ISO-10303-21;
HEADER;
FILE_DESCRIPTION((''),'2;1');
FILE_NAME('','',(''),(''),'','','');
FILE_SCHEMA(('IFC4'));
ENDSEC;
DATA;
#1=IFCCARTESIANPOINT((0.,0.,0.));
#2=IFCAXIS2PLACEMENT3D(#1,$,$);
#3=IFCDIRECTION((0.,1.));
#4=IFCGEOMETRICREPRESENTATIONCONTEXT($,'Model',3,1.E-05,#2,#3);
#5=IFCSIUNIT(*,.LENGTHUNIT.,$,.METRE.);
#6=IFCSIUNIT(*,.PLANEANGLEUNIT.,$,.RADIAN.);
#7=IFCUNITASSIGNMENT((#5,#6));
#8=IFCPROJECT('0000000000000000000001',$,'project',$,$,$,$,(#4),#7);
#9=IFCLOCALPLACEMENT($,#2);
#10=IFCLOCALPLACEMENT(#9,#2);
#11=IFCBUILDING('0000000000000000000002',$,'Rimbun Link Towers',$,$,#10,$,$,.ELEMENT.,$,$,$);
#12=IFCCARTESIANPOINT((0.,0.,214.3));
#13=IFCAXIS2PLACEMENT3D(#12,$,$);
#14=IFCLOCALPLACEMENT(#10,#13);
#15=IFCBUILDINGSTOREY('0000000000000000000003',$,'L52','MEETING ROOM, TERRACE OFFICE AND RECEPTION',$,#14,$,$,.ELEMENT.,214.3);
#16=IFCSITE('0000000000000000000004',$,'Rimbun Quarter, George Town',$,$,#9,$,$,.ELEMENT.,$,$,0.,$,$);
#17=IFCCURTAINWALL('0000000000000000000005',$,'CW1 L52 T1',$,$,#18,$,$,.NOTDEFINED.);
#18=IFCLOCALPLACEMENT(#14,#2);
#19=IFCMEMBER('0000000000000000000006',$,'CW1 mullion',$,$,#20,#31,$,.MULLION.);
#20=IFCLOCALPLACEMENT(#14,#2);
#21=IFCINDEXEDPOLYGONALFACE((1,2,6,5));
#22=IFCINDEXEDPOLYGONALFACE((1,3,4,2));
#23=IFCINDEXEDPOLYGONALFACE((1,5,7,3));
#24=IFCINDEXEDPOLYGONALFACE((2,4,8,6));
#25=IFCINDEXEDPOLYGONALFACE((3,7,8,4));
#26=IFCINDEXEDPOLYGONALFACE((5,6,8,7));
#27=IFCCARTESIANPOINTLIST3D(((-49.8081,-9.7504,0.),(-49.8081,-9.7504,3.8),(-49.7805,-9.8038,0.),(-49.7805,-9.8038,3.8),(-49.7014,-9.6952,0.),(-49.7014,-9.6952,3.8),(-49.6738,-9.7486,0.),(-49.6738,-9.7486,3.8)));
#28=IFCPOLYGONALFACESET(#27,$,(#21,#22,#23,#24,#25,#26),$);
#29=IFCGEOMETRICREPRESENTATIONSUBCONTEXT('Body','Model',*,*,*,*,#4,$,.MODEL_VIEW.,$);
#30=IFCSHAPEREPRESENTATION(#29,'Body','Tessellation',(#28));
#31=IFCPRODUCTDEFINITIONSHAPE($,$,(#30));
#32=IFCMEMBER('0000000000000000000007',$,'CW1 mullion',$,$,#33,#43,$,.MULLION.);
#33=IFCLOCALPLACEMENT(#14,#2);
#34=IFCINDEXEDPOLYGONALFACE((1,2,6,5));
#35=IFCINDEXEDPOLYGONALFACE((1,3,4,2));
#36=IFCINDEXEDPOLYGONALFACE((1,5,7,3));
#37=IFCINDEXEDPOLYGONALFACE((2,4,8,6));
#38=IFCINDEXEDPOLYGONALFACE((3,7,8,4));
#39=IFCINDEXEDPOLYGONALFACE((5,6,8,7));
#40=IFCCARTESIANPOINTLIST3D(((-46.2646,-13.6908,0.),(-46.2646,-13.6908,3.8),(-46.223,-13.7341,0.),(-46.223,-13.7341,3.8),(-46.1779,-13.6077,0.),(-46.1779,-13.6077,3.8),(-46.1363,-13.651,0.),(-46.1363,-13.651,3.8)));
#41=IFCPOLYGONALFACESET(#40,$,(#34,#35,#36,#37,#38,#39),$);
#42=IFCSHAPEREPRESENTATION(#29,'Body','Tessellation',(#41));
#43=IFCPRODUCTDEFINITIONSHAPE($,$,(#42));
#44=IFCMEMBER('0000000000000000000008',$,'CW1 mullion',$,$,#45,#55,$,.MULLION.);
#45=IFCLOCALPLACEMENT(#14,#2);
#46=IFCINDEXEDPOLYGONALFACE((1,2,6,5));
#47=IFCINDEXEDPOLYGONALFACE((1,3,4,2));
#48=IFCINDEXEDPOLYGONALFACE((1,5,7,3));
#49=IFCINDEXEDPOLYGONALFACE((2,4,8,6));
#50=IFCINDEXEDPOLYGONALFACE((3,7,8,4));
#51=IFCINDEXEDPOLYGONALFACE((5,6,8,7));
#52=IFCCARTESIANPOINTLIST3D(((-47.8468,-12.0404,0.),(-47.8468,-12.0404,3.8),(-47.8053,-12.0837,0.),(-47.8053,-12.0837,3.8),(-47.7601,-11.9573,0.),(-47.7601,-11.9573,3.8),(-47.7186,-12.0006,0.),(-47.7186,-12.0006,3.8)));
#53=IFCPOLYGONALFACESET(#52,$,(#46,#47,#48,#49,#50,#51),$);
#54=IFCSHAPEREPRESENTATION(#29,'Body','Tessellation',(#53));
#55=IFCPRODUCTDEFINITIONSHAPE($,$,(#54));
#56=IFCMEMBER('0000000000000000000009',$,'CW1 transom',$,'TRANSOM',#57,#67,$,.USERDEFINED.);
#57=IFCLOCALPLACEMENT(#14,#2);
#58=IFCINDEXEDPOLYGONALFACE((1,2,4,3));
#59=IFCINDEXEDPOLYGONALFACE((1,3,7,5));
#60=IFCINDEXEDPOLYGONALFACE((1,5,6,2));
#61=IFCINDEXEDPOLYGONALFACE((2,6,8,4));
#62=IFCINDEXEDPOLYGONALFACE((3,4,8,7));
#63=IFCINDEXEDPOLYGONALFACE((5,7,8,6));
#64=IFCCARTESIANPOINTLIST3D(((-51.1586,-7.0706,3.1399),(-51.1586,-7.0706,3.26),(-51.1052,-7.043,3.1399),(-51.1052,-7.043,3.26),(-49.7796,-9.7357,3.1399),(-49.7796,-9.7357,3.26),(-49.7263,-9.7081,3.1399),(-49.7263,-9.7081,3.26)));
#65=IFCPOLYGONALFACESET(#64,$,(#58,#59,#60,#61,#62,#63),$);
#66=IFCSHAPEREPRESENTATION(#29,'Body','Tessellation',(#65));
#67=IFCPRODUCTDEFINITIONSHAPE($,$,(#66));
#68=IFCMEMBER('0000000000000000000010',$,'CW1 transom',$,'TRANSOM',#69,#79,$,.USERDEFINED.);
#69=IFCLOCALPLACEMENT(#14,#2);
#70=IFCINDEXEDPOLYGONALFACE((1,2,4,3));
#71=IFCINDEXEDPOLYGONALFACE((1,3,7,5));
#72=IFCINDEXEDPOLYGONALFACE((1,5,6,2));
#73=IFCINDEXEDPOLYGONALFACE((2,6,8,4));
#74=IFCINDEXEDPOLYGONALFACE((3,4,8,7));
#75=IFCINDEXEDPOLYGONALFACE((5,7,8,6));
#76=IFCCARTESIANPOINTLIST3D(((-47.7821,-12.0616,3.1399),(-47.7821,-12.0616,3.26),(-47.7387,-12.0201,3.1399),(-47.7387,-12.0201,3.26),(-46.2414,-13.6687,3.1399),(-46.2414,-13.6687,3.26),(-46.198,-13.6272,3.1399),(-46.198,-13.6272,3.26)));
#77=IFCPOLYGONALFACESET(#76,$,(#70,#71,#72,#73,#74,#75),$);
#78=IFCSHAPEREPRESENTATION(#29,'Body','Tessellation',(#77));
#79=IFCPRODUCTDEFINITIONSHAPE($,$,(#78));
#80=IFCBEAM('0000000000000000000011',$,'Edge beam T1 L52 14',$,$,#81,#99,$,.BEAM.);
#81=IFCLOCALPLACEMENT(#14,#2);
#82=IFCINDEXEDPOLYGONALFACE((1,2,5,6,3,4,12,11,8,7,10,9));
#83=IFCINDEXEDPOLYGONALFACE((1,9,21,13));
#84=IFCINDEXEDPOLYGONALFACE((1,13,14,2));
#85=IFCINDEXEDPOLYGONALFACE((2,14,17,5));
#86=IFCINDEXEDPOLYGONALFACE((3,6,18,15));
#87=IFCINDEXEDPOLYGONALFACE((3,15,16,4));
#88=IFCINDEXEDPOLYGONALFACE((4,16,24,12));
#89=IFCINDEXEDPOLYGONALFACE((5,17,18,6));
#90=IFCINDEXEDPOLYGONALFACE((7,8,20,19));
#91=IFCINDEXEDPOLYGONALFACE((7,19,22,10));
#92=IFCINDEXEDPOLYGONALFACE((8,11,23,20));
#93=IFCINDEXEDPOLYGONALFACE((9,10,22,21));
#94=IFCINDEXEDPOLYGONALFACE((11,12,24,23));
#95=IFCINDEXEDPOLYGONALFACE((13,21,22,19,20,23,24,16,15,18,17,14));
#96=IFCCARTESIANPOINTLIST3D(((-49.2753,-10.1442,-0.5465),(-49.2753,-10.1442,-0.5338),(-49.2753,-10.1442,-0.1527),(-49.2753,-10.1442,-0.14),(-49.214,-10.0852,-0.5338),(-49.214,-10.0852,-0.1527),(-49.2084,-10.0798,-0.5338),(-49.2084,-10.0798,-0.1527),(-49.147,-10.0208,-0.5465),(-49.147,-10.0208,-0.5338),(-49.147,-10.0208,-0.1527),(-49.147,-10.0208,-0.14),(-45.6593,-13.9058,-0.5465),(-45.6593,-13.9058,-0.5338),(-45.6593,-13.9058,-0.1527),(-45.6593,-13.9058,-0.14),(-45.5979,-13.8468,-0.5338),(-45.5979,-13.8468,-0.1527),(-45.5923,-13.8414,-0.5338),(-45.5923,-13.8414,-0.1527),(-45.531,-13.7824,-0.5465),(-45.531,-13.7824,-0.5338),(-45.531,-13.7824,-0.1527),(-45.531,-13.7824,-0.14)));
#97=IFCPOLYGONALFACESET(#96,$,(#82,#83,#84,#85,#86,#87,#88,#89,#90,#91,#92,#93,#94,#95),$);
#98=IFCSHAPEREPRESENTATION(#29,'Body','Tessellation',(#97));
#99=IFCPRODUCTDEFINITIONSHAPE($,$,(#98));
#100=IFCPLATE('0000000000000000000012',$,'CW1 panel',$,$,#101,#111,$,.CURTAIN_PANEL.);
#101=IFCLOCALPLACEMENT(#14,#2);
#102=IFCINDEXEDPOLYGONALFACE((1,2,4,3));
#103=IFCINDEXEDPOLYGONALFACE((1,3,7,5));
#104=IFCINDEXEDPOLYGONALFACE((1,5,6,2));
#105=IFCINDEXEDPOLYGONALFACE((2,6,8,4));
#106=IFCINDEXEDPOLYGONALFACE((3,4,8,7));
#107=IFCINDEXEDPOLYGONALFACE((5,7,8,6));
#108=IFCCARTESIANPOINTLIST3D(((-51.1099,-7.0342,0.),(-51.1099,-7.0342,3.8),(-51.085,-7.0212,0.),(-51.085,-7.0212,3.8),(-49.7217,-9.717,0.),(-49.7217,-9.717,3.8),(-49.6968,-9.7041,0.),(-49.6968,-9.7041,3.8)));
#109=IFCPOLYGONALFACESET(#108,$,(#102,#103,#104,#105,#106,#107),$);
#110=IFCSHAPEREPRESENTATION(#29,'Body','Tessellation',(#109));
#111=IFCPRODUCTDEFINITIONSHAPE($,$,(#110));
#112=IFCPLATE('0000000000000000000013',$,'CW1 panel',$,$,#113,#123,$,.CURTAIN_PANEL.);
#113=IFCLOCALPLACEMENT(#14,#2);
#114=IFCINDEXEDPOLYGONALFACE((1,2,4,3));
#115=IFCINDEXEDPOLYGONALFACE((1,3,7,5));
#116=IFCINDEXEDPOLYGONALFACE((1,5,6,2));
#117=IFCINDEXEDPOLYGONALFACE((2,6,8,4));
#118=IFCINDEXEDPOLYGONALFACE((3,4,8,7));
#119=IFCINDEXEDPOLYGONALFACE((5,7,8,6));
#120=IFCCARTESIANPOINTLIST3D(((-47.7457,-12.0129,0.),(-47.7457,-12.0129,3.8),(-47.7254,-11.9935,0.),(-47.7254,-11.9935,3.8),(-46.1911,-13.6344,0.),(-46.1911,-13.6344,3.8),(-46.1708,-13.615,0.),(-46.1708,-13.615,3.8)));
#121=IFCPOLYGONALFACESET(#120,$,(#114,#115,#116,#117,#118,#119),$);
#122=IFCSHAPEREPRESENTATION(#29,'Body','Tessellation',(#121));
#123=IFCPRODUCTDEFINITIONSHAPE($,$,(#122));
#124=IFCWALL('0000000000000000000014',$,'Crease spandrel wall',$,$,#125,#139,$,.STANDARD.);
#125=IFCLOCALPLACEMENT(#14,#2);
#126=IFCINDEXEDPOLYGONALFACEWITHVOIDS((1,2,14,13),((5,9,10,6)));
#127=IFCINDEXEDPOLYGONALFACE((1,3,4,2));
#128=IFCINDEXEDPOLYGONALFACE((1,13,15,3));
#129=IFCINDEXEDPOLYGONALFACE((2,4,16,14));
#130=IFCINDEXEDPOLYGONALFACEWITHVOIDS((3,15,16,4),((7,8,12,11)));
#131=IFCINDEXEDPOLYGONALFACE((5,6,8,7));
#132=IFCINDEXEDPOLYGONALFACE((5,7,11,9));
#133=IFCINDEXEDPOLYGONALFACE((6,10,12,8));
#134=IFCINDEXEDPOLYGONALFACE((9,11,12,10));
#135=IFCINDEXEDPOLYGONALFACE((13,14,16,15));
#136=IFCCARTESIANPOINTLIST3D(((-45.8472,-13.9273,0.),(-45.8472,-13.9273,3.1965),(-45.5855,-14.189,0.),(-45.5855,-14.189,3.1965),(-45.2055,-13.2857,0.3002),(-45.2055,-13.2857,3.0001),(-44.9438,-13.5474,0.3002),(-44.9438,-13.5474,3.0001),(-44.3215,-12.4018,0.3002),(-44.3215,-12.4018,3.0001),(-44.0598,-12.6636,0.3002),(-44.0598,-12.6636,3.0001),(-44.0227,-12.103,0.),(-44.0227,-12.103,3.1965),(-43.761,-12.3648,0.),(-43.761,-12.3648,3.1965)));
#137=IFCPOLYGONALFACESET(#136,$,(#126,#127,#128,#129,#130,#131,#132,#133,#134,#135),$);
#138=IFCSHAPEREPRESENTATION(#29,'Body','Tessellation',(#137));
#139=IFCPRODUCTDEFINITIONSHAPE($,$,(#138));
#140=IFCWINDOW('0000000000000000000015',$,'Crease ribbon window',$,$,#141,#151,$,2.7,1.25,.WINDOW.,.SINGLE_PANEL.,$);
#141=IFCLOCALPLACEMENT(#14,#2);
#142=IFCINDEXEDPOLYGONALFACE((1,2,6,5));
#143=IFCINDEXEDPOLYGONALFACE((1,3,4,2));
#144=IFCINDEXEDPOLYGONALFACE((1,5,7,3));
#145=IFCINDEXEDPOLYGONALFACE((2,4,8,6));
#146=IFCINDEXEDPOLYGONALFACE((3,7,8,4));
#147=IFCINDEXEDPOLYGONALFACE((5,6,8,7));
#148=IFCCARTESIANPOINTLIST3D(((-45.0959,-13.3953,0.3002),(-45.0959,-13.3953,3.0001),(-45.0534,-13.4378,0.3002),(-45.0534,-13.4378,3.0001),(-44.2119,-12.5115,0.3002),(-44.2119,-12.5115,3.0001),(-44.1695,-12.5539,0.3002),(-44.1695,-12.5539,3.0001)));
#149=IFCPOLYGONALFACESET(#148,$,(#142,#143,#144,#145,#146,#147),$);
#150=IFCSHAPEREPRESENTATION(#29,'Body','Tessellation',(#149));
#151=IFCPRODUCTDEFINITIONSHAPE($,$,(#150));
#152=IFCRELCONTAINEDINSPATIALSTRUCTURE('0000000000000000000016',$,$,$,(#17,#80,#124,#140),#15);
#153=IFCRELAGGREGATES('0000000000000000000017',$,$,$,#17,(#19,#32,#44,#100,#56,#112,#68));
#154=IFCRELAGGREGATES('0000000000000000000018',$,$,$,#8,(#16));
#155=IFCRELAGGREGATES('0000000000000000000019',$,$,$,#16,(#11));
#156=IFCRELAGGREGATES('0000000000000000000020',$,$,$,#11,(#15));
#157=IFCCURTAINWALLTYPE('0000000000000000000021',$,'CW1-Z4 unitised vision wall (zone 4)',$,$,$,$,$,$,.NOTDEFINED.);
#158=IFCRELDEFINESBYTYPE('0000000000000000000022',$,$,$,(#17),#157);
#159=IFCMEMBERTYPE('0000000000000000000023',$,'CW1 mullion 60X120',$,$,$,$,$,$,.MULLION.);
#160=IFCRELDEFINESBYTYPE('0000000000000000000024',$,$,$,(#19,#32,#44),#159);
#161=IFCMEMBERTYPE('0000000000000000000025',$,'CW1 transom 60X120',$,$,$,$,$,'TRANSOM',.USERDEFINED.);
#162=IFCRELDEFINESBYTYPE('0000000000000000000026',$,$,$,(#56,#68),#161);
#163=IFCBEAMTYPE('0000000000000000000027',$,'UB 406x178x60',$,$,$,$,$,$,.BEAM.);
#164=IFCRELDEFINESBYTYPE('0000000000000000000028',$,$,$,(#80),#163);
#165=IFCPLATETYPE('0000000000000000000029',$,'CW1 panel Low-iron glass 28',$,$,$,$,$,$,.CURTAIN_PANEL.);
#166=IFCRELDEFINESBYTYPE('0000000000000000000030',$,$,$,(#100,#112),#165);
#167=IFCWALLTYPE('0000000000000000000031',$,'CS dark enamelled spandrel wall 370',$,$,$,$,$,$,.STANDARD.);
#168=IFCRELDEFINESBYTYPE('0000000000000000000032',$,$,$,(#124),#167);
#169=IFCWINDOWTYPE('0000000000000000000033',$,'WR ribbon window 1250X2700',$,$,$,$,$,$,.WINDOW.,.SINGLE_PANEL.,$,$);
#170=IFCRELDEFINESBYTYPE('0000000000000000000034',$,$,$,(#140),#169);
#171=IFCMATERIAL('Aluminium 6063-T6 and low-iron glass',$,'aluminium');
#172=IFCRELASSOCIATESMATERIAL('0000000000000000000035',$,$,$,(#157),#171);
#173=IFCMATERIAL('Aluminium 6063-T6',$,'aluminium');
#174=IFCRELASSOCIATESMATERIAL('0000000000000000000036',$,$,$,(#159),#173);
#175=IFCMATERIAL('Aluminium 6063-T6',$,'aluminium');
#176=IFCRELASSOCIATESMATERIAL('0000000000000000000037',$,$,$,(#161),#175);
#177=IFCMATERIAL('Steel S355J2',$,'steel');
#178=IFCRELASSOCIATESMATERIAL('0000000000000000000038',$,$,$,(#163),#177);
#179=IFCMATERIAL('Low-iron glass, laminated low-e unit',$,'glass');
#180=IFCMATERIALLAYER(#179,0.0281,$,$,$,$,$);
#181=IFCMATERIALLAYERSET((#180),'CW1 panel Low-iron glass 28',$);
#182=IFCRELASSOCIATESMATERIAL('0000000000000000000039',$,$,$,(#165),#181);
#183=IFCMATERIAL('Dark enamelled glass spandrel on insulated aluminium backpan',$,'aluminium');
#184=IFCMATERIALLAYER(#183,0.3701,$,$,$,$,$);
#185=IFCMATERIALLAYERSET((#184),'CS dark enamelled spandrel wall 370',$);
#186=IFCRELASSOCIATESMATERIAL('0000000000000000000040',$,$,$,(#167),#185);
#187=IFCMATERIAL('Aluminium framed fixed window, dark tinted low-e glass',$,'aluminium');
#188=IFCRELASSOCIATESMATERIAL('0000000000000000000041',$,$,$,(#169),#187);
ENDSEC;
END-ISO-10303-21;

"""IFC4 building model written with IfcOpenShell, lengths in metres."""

from ifc_helpers import new_model, si_unit, direction, frame, frame_2d, origin, origin_2d, place, context, subcontext, project, spatial, rectangle, i_section, extrude, material, layer, layer_set, material_profile, profile_set, type_object, element, fill, aggregate, save


model = new_model("IFC4")

# Units and contexts
model_context = context("Model", 3, precision=1e-05, world=origin(), true_north=direction((0.0, 1.0)))
body_context = subcontext(model_context, "Body", "Model", "MODEL_VIEW")
ifc_project = project(units=[si_unit("LENGTHUNIT", "METRE"), si_unit("PLANEANGLEUNIT", "RADIAN")], contexts=[model_context])

# Site, building, storey
site_placement = place(None, origin())
site = spatial("IfcSite", under=ifc_project, at=site_placement, Name="Rimbun Quarter, George Town", CompositionType="ELEMENT", RefElevation=0.0)
building_placement = place(site_placement, origin())
building = spatial("IfcBuilding", under=site, at=building_placement, Name="Rimbun Link Towers", CompositionType="ELEMENT")
storey_placement = place(building_placement, frame((0.0, 0.0, 214.3)))
storey = spatial("IfcBuildingStorey", under=building, at=storey_placement, Name="L52", Description="MEETING ROOM, TERRACE OFFICE AND RECEPTION", CompositionType="ELEMENT", Elevation=214.3)

# Curtain wall, members
ifc_material_1 = material(Name="Aluminium 6063-T6 and low-iron glass", Category="aluminium")
curtain_wall_type = type_object("IfcCurtainWallType", Name="CW1-Z4 unitised vision wall (zone 4)", PredefinedType="NOTDEFINED", material=ifc_material_1)
curtain_wall_placement = place(storey_placement, origin())
curtain_wall = element("IfcCurtainWall", 1, at=curtain_wall_placement, inside=storey, type_object=curtain_wall_type, Name="CW1 L52 T1", PredefinedType="NOTDEFINED")
ifc_material_2 = material(Name="Aluminium 6063-T6", Category="aluminium")
ifc_material_profile_1 = material_profile(ifc_material_2, rectangle(XDim=0.1201, YDim=0.0601, at=origin_2d()), Name="MULLION 60X120")
ifc_profile_set_1 = profile_set([ifc_material_profile_1], Name="Aluminium 6063-T6")
member_type_1 = type_object("IfcMemberType", Name="CW1 mullion 60X120", PredefinedType="MULLION", material=ifc_profile_set_1)
member_1_placement = place(storey_placement, frame((-49.741, -9.7495, 0.0), z_axis=(0.0, 0.0, 1.0), x_axis=(-0.88815, -0.459554, 0.0)))
member_1 = element("IfcMember", 2, at=member_1_placement, type_object=member_type_1, Name="CW1 mullion", PredefinedType="MULLION", context=body_context, shape_type="SweptSolid", body=[
    extrude(rectangle(XDim=0.1201, YDim=0.0601, at=origin_2d()), origin(), (0.0, 0.0, 1.0), 3.8),
])
member_2_placement = place(storey_placement, frame((-46.2004, -13.6709, 0.0), z_axis=(0.0, 0.0, 1.0), x_axis=(-0.721846, -0.692053, 0.0)))
member_2 = element("IfcMember", 3, at=member_2_placement, type_object=member_type_1, Name="CW1 mullion", PredefinedType="MULLION", context=body_context, shape_type="SweptSolid", body=[
    extrude(rectangle(XDim=0.1201, YDim=0.0601, at=origin_2d()), origin(), (0.0, 0.0, 1.0), 3.8),
])
member_3_placement = place(storey_placement, frame((-47.7827, -12.0205, 0.0), z_axis=(0.0, 0.0, 1.0), x_axis=(-0.721846, -0.692053, 0.0)))
member_3 = element("IfcMember", 4, at=member_3_placement, type_object=member_type_1, Name="CW1 mullion", PredefinedType="MULLION", context=body_context, shape_type="SweptSolid", body=[
    extrude(rectangle(XDim=0.1201, YDim=0.0601, at=origin_2d()), origin(), (0.0, 0.0, 1.0), 3.8),
])
ifc_material_3 = material(Name="Aluminium 6063-T6", Category="aluminium")
ifc_material_profile_2 = material_profile(ifc_material_3, rectangle(XDim=0.0601, YDim=0.1201, at=origin_2d()), Name="TRANSOM 60X120")
ifc_profile_set_2 = profile_set([ifc_material_profile_2], Name="Aluminium 6063-T6")
member_type_2 = type_object("IfcMemberType", Name="CW1 transom 60X120", ElementType="TRANSOM", PredefinedType="USERDEFINED", material=ifc_profile_set_2)
member_4_placement = place(storey_placement, frame((-49.7529, -9.7219, 3.2), z_axis=(-0.459538, 0.888158, 0.0), x_axis=(-0.888158, -0.459538, 0.0)))
member_4 = element("IfcMember", 5, at=member_4_placement, type_object=member_type_2, Name="CW1 transom", ObjectType="TRANSOM", PredefinedType="USERDEFINED", context=body_context, shape_type="SweptSolid", body=[
    extrude(rectangle(XDim=0.0601, YDim=0.1201, at=origin_2d()), origin(), (0.0, 0.0, 1.0), 3.0007),
])
member_5_placement = place(storey_placement, frame((-46.2197, -13.6479, 3.2), z_axis=(-0.692036, 0.721863, 0.0), x_axis=(-0.721863, -0.692036, 0.0)))
member_5 = element("IfcMember", 6, at=member_5_placement, type_object=member_type_2, Name="CW1 transom", ObjectType="TRANSOM", PredefinedType="USERDEFINED", context=body_context, shape_type="SweptSolid", body=[
    extrude(rectangle(XDim=0.0601, YDim=0.1201, at=origin_2d()), origin(), (0.0, 0.0, 1.0), 2.2263),
])

# Beam
ifc_material_4 = material(Name="Steel S355J2", Category="steel")
ifc_material_profile_3 = material_profile(ifc_material_4, i_section(OverallWidth=0.178, OverallDepth=0.4065, WebThickness=0.0078, FlangeThickness=0.0127, at=origin_2d()), Name="UB 406x178x60")
ifc_profile_set_3 = profile_set([ifc_material_profile_3], Name="Steel S355J2")
beam_type = type_object("IfcBeamType", Name="UB 406x178x60", PredefinedType="BEAM", material=ifc_profile_set_3)
beam_placement = place(storey_placement, frame((-49.2112, -10.0825, -0.3433), z_axis=(0.693025, -0.720913, 0.0), x_axis=(0.720913, 0.693025, 0.0)))
element("IfcBeam", 7, at=beam_placement, inside=storey, type_object=beam_type, Name="Edge beam T1 L52 14", PredefinedType="BEAM", context=body_context, shape_type="SweptSolid", body=[
    extrude(i_section(OverallWidth=0.178, OverallDepth=0.4065, WebThickness=0.0078, FlangeThickness=0.0127, at=origin_2d()), origin(), (0.0, 0.0, 1.0), 5.2178),
])

# Plates
ifc_material_5 = material(Name="Low-iron glass, laminated low-e unit", Category="glass")
ifc_layer_1 = layer(ifc_material_5, 0.0281)
ifc_layer_set_1 = layer_set([ifc_layer_1], Name="CW1 panel Low-iron glass 28")
plate_type = type_object("IfcPlateType", Name="CW1 panel Low-iron glass 28", PredefinedType="CURTAIN_PANEL", material=ifc_layer_set_1)
plate_1_placement = place(storey_placement, frame((-50.4033, -8.3691, 0.0), z_axis=(0.0, 0.0, 1.0), x_axis=(-0.459554, 0.88815, 0.0)))
plate_1 = element("IfcPlate", 8, at=plate_1_placement, type_object=plate_type, Name="CW1 panel", PredefinedType="CURTAIN_PANEL", context=body_context, shape_type="SweptSolid", body=[
    extrude(rectangle(XDim=3.0208, YDim=0.0281, at=origin_2d()), origin(), (0.0, 0.0, 1.0), 3.8),
])
plate_2_placement = place(storey_placement, frame((-46.9583, -12.814, 0.0), z_axis=(0.0, 0.0, 1.0), x_axis=(-0.692053, 0.721846, 0.0)))
plate_2 = element("IfcPlate", 9, at=plate_2_placement, type_object=plate_type, Name="CW1 panel", PredefinedType="CURTAIN_PANEL", context=body_context, shape_type="SweptSolid", body=[
    extrude(rectangle(XDim=2.2463, YDim=0.0281, at=origin_2d()), origin(), (0.0, 0.0, 1.0), 3.8),
])
aggregate(curtain_wall, [member_1, member_2, member_3, plate_1, member_4, plate_2, member_5])

# Wall, opening, window
ifc_material_6 = material(Name="Dark enamelled glass spandrel on insulated aluminium backpan", Category="aluminium")
ifc_layer_2 = layer(ifc_material_6, 0.3701)
ifc_layer_set_2 = layer_set([ifc_layer_2], Name="CS dark enamelled spandrel wall 370")
wall_type_1 = type_object("IfcWallType", Name="CS dark enamelled spandrel wall 370", PredefinedType="STANDARD", material=ifc_layer_set_2)
wall_1_placement = place(storey_placement, frame((-43.8918, -12.2339, 0.0), z_axis=(0.0, 0.0, 1.0), x_axis=(-0.707154, -0.707059, 0.0)))
wall_1 = element("IfcWall", 10, at=wall_1_placement, inside=storey, type_object=wall_type_1, Name="Crease spandrel wall", PredefinedType="STANDARD", context=body_context, shape_type="SweptSolid", body=[
    extrude(rectangle(XDim=2.5801, YDim=0.3701, at=frame_2d((1.29, 0.0))), origin(), (0.0, 0.0, 1.0), 3.1965),
])
opening_1_placement = place(wall_1_placement, frame((0.4226, 0.0, 0.3)))
opening_1 = element("IfcOpeningElement", 11, at=opening_1_placement, cuts=wall_1, PredefinedType="OPENING", context=body_context, shape_type="SweptSolid", body=[
    extrude(rectangle(XDim=1.25, YDim=2.7, at=frame_2d((0.625, 1.3501))), frame((0.0, 0.1951, 0.0), z_axis=(0.0, -1.0, 0.0), x_axis=(1.0, 0.0, 0.0)), (0.0, 0.0, 1.0), 0.3901),
])
ifc_material_7 = material(Name="Aluminium framed fixed window, dark tinted low-e glass", Category="aluminium")
window_type = type_object("IfcWindowType", Name="WR ribbon window 1250X2700", PartitioningType="SINGLE_PANEL", PredefinedType="WINDOW", material=ifc_material_7)
window_placement = place(opening_1_placement, origin())
window = element("IfcWindow", 12, at=window_placement, inside=storey, type_object=window_type, Name="Crease ribbon window", OverallHeight=2.7, OverallWidth=1.25, PartitioningType="SINGLE_PANEL", PredefinedType="WINDOW", context=body_context, shape_type="SweptSolid", body=[
    extrude(rectangle(XDim=1.25, YDim=2.7, at=frame_2d((0.625, 1.3501))), frame((0.0, 0.03, 0.0), z_axis=(0.0, -1.0, 0.0), x_axis=(1.0, 0.0, 0.0)), (0.0, 0.0, 1.0), 0.0601),
])
fill(opening_1, window)

save(model, "model.ifc")
